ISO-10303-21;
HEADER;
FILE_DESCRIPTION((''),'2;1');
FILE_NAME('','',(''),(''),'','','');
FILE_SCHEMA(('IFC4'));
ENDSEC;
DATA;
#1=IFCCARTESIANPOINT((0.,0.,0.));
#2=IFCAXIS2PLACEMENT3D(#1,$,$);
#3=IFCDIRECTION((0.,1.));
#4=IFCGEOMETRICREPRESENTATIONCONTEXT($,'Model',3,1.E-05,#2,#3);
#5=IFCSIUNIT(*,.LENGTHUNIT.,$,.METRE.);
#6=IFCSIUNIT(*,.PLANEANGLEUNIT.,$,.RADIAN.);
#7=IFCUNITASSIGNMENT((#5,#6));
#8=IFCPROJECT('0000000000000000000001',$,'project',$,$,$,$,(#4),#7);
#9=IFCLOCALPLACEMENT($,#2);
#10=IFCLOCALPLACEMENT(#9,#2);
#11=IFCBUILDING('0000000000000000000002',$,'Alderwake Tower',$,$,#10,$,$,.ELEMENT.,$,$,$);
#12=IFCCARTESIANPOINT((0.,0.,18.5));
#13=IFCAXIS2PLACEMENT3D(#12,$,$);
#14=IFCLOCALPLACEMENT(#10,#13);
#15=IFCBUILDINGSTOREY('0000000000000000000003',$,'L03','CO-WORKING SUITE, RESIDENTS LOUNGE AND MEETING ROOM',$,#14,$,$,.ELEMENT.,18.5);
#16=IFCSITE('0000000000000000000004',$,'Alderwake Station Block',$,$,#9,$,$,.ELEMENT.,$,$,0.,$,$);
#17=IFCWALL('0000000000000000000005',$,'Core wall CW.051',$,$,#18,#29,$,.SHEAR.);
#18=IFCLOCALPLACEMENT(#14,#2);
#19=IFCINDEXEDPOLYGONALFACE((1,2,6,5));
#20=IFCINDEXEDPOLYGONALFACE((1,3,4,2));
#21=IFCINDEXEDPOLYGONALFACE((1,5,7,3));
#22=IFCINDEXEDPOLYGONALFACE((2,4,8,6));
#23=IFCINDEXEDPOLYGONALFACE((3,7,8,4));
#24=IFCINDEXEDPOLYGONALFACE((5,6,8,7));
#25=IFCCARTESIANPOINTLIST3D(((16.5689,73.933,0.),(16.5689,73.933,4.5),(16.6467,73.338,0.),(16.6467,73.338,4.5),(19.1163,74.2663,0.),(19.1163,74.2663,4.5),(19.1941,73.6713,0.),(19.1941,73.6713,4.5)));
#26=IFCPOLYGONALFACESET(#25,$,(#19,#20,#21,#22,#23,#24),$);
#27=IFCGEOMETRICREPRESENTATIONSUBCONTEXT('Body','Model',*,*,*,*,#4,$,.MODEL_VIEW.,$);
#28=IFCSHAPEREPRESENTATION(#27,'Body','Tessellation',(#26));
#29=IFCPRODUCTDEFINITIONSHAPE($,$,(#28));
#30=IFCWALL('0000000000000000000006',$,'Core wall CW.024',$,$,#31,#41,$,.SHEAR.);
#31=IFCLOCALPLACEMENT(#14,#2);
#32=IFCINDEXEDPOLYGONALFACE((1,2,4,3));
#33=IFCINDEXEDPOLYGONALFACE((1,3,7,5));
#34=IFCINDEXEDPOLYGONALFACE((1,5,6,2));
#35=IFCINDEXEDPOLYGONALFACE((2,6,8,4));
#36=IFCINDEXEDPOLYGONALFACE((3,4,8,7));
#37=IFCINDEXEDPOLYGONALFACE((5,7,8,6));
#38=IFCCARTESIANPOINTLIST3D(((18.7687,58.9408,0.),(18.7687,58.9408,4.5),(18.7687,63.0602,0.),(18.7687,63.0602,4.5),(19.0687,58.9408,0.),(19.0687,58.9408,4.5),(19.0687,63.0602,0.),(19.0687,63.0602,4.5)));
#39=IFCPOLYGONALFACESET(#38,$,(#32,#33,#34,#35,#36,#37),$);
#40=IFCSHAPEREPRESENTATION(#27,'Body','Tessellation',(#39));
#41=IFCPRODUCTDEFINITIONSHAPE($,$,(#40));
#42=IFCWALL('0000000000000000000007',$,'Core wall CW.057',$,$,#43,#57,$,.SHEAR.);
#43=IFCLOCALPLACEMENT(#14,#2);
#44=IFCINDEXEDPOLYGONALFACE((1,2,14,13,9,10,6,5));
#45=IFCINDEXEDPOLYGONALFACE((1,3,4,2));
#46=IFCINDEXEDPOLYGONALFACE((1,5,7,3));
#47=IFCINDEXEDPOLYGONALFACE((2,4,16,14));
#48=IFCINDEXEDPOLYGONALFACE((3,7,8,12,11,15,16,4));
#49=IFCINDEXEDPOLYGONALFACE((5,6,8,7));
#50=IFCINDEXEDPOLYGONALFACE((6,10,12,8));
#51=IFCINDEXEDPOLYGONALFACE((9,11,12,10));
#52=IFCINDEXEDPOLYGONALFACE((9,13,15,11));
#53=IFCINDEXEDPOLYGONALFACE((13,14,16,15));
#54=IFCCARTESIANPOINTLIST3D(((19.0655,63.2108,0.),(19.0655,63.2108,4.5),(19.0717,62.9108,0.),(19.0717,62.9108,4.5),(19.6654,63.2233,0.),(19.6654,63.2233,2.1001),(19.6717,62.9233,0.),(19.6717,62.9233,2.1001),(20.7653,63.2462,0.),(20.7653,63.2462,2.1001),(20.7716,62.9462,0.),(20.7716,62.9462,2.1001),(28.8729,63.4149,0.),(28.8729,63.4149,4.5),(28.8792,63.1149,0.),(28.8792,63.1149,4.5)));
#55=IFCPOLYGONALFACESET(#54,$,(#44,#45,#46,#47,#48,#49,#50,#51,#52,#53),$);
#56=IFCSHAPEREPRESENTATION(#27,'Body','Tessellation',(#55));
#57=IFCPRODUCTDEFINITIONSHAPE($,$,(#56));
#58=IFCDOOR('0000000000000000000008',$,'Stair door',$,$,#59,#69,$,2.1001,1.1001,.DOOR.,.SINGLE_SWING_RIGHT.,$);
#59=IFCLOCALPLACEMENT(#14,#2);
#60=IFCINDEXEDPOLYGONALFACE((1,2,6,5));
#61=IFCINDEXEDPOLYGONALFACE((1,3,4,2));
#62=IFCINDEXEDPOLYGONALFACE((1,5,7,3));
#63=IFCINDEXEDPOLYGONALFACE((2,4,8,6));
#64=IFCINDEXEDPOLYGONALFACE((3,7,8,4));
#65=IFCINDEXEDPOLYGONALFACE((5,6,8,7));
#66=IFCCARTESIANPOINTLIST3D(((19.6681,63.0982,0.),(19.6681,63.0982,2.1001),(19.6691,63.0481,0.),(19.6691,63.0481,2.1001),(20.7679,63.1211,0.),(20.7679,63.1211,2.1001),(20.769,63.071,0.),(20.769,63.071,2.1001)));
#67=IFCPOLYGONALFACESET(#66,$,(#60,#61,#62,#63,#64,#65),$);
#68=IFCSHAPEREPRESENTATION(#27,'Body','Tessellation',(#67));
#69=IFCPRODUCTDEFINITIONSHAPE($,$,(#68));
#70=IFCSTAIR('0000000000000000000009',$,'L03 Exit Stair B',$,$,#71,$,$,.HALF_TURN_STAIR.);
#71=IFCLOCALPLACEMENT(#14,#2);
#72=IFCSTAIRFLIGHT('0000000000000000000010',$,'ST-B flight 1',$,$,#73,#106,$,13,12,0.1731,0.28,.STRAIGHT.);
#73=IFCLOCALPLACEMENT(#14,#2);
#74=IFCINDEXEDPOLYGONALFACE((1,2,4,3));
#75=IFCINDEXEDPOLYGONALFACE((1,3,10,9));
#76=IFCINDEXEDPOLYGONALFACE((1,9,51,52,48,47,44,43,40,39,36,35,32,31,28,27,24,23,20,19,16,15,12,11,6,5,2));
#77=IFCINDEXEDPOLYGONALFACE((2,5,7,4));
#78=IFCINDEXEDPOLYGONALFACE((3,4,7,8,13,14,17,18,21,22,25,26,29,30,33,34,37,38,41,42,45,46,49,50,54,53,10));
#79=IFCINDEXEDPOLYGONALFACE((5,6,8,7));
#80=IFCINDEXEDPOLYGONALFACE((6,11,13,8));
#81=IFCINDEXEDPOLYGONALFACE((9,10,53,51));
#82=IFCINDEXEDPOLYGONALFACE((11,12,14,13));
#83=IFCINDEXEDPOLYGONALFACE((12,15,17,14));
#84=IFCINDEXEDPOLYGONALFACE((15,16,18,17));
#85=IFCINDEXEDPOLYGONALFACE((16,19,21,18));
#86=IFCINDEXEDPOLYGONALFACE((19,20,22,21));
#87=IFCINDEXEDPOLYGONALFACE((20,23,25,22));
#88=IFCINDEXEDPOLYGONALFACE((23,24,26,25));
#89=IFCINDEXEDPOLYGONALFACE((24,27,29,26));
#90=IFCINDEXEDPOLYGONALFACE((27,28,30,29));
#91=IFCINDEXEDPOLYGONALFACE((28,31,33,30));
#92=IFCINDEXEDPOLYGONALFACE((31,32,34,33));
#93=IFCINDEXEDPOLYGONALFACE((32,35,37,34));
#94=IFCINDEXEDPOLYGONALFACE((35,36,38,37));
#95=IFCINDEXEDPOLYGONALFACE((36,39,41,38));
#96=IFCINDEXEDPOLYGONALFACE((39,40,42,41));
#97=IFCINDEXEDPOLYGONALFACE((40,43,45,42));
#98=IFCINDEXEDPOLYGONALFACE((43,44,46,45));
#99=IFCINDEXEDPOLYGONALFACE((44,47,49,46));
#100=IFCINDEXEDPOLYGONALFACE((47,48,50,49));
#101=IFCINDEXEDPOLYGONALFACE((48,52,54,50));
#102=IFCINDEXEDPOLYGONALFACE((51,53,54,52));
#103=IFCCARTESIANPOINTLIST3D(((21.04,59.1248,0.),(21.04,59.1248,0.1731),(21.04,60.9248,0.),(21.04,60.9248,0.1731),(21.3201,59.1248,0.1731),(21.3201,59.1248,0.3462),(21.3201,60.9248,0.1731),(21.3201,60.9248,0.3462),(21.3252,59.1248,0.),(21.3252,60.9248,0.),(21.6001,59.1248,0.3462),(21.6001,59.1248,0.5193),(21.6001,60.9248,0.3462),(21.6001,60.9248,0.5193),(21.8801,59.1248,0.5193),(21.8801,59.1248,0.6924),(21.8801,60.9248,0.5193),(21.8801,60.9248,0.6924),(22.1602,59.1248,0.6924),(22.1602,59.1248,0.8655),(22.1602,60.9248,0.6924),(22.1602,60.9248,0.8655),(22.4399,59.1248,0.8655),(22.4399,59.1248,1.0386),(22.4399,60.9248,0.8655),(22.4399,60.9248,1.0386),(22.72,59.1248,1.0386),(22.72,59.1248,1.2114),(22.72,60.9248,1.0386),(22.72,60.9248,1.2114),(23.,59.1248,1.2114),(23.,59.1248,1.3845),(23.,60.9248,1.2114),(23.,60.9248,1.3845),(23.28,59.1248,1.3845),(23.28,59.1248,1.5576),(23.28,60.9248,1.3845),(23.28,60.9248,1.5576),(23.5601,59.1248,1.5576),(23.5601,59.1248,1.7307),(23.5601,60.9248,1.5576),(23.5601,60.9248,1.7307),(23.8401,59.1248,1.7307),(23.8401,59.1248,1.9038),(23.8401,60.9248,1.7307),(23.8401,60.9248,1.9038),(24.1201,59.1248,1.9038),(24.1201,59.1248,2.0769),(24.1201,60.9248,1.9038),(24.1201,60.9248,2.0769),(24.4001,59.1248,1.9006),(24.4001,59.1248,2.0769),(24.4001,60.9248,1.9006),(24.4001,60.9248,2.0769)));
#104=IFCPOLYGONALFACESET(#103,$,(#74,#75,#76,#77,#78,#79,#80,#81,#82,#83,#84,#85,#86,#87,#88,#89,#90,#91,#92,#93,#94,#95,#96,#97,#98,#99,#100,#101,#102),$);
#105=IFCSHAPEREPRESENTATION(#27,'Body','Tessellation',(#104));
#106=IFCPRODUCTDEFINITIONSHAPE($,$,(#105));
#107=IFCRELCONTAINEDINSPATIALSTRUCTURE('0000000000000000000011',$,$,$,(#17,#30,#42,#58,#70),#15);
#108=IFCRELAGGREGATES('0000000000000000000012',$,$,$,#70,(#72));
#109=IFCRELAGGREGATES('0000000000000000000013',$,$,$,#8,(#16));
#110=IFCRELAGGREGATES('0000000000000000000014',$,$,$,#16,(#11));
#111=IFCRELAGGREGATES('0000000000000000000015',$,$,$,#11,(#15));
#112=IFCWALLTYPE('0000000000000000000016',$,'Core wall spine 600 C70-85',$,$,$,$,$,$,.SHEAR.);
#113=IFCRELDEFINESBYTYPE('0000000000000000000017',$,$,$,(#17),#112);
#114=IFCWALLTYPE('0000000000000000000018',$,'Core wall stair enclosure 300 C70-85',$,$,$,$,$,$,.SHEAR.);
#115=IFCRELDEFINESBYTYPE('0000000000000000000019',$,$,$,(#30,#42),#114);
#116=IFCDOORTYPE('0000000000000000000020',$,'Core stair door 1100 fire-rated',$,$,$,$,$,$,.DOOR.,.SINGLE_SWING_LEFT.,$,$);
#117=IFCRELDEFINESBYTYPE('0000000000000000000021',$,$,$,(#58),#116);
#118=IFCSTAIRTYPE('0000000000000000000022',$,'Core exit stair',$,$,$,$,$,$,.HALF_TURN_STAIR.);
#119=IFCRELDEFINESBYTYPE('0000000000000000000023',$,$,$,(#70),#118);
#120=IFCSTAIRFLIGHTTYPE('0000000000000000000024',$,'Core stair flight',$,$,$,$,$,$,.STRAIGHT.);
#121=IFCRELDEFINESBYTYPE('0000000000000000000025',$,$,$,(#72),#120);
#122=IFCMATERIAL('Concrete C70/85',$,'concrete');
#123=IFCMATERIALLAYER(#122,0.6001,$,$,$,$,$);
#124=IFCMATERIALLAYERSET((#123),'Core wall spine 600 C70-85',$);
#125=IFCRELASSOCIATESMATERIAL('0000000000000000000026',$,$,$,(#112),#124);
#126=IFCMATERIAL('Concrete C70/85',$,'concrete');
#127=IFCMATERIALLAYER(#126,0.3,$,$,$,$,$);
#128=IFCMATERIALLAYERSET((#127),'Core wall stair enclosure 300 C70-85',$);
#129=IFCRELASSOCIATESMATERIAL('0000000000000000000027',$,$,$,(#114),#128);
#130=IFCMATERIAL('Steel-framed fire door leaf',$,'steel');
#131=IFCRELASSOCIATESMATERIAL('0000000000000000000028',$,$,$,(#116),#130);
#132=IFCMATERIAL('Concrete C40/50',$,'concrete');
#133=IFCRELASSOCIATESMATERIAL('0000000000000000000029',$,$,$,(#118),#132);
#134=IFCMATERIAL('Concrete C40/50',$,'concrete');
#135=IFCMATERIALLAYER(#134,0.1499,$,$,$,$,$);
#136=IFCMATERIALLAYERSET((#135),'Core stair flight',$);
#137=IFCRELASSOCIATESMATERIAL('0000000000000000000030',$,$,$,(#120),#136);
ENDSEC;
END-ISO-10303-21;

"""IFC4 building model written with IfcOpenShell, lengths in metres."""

from ifc_helpers import new_model, si_unit, direction, frame, frame_2d, origin, place, context, subcontext, project, spatial, polyline, rectangle, outline, extrude, material, layer, layer_set, type_object, element, fill, aggregate, save


model = new_model("IFC4")

# Units and contexts
model_context = context("Model", 3, precision=1e-05, world=origin(), true_north=direction((0.0, 1.0)))
body_context = subcontext(model_context, "Body", "Model", "MODEL_VIEW")
ifc_project = project(units=[si_unit("LENGTHUNIT", "METRE"), si_unit("PLANEANGLEUNIT", "RADIAN")], contexts=[model_context])

# Site, building, storey
site_placement = place(None, origin())
site = spatial("IfcSite", under=ifc_project, at=site_placement, Name="Alderwake Station Block", CompositionType="ELEMENT", RefElevation=0.0)
building_placement = place(site_placement, origin())
building = spatial("IfcBuilding", under=site, at=building_placement, Name="Alderwake Tower", CompositionType="ELEMENT")
storey_placement = place(building_placement, frame((0.0, 0.0, 18.5)))
storey = spatial("IfcBuildingStorey", under=building, at=storey_placement, Name="L03", Description="CO-WORKING SUITE, RESIDENTS LOUNGE AND MEETING ROOM", CompositionType="ELEMENT", Elevation=18.5)

# Shared definitions
ifc_material_1 = material(Name="Concrete C70/85", Category="concrete")
ifc_layer_1 = layer(ifc_material_1, 0.6001)
ifc_layer_set_1 = layer_set([ifc_layer_1], Name="Core wall spine 600 C70-85")
wall_type_1 = type_object("IfcWallType", Name="Core wall spine 600 C70-85", PredefinedType="SHEAR", material=ifc_layer_set_1)

# Walls
wall_1_placement = place(storey_placement, frame((16.6077, 73.6355, 0.0), z_axis=(0.0, 0.0, 1.0), x_axis=(0.991551, 0.129717, 0.0)))
element("IfcWall", 1, at=wall_1_placement, inside=storey, type_object=wall_type_1, Name="Core wall CW.051", PredefinedType="SHEAR", context=body_context, shape_type="SweptSolid", body=[
    extrude(rectangle(XDim=2.5691, YDim=0.6001, at=frame_2d((1.2847, 0.0))), origin(), (0.0, 0.0, 1.0), 4.5),
])
ifc_material_2 = material(Name="Concrete C70/85", Category="concrete")
ifc_layer_2 = layer(ifc_material_2, 0.3)
ifc_layer_set_2 = layer_set([ifc_layer_2], Name="Core wall stair enclosure 300 C70-85")
wall_type_2 = type_object("IfcWallType", Name="Core wall stair enclosure 300 C70-85", PredefinedType="SHEAR", material=ifc_layer_set_2)
wall_2_placement = place(storey_placement, frame((18.9187, 58.9409, 0.0), z_axis=(0.0, 0.0, 1.0), x_axis=(0.0, 1.0, 0.0)))
element("IfcWall", 2, at=wall_2_placement, inside=storey, type_object=wall_type_2, Name="Core wall CW.024", PredefinedType="SHEAR", context=body_context, shape_type="SweptSolid", body=[
    extrude(rectangle(XDim=4.1194, YDim=0.3, at=frame_2d((2.0596, 0.0))), origin(), (0.0, 0.0, 1.0), 4.5),
])

# Wall, opening, door
wall_3_placement = place(storey_placement, frame((19.0686, 63.0608, 0.0), z_axis=(0.0, 0.0, 1.0), x_axis=(0.999784, 0.020807, 0.0)))
wall_3 = element("IfcWall", 3, at=wall_3_placement, inside=storey, type_object=wall_type_2, Name="Core wall CW.057", PredefinedType="SHEAR", context=body_context, shape_type="SweptSolid", body=[
    extrude(rectangle(XDim=9.8096, YDim=0.3, at=frame_2d((4.9048, 0.0))), origin(), (0.0, 0.0, 1.0), 4.5),
])
opening_1_placement = place(wall_3_placement, frame((0.6001, 0.0, 0.0)))
opening_1 = element("IfcOpeningElement", 4, at=opening_1_placement, cuts=wall_3, PredefinedType="OPENING", context=body_context, shape_type="SweptSolid", body=[
    extrude(rectangle(XDim=1.1001, YDim=2.1001, at=frame_2d((0.55, 1.05))), frame((0.0, 0.1599, 0.0), z_axis=(0.0, -1.0, 0.0), x_axis=(1.0, 0.0, 0.0)), (0.0, 0.0, 1.0), 0.3201),
])
ifc_material_3 = material(Name="Steel-framed fire door leaf", Category="steel")
door_type_1 = type_object("IfcDoorType", Name="Core stair door 1100 fire-rated", OperationType="SINGLE_SWING_LEFT", PredefinedType="DOOR", material=ifc_material_3)
door_1_placement = place(opening_1_placement, origin())
door_1 = element("IfcDoor", 5, at=door_1_placement, inside=storey, type_object=door_type_1, Name="Stair door", OperationType="SINGLE_SWING_RIGHT", OverallHeight=2.1001, OverallWidth=1.1001, PredefinedType="DOOR", context=body_context, shape_type="SweptSolid", body=[
    extrude(rectangle(XDim=1.1001, YDim=2.1001, at=frame_2d((0.55, 1.05))), frame((0.0, 0.0249, 0.0), z_axis=(0.0, -1.0, 0.0), x_axis=(1.0, 0.0, 0.0)), (0.0, 0.0, 1.0), 0.05),
])
fill(opening_1, door_1)

# Stair, stair flight
ifc_material_4 = material(Name="Concrete C40/50", Category="concrete")
stair_type = type_object("IfcStairType", Name="Core exit stair", PredefinedType="HALF_TURN_STAIR", material=ifc_material_4)
stair_placement = place(storey_placement, origin())
stair = element("IfcStair", 6, at=stair_placement, inside=storey, type_object=stair_type, Name="L03 Exit Stair B", PredefinedType="HALF_TURN_STAIR")
ifc_material_5 = material(Name="Concrete C40/50", Category="concrete")
ifc_layer_3 = layer(ifc_material_5, 0.1499)
ifc_layer_set_3 = layer_set([ifc_layer_3], Name="Core stair flight")
stair_flight_type = type_object("IfcStairFlightType", Name="Core stair flight", PredefinedType="STRAIGHT", material=ifc_layer_set_3)
stair_flight_placement = place(storey_placement, frame((21.04, 60.0249, 0.0), z_axis=(0.0, 0.0, 1.0), x_axis=(1.0, 0.0, 0.0)))
stair_flight = element("IfcStairFlight", 7, at=stair_flight_placement, type_object=stair_flight_type, Name="ST-B flight 1", NumberOfRisers=13, NumberOfTreads=12, PredefinedType="STRAIGHT", RiserHeight=0.1731, TreadLength=0.28, context=body_context, shape_type="SweptSolid", body=[
    extrude(outline(polyline([(0.0, 0.0), (0.0, 0.1731), (0.28, 0.1731), (0.28, 0.3462), (0.5601, 0.3462), (0.5601, 0.5193), (0.8401, 0.5193), (0.8401, 0.6924), (1.1201, 0.6924), (1.1201, 0.8655), (1.3999, 0.8655), (1.3999, 1.0386), (1.6799, 1.0386), (1.6799, 1.2114), (1.96, 1.2114), (1.96, 1.3845), (2.24, 1.3845), (2.24, 1.5576), (2.52, 1.5576), (2.52, 1.7307), (2.8, 1.7307), (2.8, 1.9038), (3.0801, 1.9038), (3.0801, 2.0769), (3.3601, 2.0769), (3.3601, 2.25), (3.3601, 1.9006), (0.2852, 0.0), (0.0, 0.0)])), frame((0.0, 0.8999, 0.0), z_axis=(0.0, -1.0, 0.0), x_axis=(1.0, 0.0, 0.0)), (0.0, 0.0, 1.0), 1.8),
])
aggregate(stair, [stair_flight])

save(model, "model.ifc")
